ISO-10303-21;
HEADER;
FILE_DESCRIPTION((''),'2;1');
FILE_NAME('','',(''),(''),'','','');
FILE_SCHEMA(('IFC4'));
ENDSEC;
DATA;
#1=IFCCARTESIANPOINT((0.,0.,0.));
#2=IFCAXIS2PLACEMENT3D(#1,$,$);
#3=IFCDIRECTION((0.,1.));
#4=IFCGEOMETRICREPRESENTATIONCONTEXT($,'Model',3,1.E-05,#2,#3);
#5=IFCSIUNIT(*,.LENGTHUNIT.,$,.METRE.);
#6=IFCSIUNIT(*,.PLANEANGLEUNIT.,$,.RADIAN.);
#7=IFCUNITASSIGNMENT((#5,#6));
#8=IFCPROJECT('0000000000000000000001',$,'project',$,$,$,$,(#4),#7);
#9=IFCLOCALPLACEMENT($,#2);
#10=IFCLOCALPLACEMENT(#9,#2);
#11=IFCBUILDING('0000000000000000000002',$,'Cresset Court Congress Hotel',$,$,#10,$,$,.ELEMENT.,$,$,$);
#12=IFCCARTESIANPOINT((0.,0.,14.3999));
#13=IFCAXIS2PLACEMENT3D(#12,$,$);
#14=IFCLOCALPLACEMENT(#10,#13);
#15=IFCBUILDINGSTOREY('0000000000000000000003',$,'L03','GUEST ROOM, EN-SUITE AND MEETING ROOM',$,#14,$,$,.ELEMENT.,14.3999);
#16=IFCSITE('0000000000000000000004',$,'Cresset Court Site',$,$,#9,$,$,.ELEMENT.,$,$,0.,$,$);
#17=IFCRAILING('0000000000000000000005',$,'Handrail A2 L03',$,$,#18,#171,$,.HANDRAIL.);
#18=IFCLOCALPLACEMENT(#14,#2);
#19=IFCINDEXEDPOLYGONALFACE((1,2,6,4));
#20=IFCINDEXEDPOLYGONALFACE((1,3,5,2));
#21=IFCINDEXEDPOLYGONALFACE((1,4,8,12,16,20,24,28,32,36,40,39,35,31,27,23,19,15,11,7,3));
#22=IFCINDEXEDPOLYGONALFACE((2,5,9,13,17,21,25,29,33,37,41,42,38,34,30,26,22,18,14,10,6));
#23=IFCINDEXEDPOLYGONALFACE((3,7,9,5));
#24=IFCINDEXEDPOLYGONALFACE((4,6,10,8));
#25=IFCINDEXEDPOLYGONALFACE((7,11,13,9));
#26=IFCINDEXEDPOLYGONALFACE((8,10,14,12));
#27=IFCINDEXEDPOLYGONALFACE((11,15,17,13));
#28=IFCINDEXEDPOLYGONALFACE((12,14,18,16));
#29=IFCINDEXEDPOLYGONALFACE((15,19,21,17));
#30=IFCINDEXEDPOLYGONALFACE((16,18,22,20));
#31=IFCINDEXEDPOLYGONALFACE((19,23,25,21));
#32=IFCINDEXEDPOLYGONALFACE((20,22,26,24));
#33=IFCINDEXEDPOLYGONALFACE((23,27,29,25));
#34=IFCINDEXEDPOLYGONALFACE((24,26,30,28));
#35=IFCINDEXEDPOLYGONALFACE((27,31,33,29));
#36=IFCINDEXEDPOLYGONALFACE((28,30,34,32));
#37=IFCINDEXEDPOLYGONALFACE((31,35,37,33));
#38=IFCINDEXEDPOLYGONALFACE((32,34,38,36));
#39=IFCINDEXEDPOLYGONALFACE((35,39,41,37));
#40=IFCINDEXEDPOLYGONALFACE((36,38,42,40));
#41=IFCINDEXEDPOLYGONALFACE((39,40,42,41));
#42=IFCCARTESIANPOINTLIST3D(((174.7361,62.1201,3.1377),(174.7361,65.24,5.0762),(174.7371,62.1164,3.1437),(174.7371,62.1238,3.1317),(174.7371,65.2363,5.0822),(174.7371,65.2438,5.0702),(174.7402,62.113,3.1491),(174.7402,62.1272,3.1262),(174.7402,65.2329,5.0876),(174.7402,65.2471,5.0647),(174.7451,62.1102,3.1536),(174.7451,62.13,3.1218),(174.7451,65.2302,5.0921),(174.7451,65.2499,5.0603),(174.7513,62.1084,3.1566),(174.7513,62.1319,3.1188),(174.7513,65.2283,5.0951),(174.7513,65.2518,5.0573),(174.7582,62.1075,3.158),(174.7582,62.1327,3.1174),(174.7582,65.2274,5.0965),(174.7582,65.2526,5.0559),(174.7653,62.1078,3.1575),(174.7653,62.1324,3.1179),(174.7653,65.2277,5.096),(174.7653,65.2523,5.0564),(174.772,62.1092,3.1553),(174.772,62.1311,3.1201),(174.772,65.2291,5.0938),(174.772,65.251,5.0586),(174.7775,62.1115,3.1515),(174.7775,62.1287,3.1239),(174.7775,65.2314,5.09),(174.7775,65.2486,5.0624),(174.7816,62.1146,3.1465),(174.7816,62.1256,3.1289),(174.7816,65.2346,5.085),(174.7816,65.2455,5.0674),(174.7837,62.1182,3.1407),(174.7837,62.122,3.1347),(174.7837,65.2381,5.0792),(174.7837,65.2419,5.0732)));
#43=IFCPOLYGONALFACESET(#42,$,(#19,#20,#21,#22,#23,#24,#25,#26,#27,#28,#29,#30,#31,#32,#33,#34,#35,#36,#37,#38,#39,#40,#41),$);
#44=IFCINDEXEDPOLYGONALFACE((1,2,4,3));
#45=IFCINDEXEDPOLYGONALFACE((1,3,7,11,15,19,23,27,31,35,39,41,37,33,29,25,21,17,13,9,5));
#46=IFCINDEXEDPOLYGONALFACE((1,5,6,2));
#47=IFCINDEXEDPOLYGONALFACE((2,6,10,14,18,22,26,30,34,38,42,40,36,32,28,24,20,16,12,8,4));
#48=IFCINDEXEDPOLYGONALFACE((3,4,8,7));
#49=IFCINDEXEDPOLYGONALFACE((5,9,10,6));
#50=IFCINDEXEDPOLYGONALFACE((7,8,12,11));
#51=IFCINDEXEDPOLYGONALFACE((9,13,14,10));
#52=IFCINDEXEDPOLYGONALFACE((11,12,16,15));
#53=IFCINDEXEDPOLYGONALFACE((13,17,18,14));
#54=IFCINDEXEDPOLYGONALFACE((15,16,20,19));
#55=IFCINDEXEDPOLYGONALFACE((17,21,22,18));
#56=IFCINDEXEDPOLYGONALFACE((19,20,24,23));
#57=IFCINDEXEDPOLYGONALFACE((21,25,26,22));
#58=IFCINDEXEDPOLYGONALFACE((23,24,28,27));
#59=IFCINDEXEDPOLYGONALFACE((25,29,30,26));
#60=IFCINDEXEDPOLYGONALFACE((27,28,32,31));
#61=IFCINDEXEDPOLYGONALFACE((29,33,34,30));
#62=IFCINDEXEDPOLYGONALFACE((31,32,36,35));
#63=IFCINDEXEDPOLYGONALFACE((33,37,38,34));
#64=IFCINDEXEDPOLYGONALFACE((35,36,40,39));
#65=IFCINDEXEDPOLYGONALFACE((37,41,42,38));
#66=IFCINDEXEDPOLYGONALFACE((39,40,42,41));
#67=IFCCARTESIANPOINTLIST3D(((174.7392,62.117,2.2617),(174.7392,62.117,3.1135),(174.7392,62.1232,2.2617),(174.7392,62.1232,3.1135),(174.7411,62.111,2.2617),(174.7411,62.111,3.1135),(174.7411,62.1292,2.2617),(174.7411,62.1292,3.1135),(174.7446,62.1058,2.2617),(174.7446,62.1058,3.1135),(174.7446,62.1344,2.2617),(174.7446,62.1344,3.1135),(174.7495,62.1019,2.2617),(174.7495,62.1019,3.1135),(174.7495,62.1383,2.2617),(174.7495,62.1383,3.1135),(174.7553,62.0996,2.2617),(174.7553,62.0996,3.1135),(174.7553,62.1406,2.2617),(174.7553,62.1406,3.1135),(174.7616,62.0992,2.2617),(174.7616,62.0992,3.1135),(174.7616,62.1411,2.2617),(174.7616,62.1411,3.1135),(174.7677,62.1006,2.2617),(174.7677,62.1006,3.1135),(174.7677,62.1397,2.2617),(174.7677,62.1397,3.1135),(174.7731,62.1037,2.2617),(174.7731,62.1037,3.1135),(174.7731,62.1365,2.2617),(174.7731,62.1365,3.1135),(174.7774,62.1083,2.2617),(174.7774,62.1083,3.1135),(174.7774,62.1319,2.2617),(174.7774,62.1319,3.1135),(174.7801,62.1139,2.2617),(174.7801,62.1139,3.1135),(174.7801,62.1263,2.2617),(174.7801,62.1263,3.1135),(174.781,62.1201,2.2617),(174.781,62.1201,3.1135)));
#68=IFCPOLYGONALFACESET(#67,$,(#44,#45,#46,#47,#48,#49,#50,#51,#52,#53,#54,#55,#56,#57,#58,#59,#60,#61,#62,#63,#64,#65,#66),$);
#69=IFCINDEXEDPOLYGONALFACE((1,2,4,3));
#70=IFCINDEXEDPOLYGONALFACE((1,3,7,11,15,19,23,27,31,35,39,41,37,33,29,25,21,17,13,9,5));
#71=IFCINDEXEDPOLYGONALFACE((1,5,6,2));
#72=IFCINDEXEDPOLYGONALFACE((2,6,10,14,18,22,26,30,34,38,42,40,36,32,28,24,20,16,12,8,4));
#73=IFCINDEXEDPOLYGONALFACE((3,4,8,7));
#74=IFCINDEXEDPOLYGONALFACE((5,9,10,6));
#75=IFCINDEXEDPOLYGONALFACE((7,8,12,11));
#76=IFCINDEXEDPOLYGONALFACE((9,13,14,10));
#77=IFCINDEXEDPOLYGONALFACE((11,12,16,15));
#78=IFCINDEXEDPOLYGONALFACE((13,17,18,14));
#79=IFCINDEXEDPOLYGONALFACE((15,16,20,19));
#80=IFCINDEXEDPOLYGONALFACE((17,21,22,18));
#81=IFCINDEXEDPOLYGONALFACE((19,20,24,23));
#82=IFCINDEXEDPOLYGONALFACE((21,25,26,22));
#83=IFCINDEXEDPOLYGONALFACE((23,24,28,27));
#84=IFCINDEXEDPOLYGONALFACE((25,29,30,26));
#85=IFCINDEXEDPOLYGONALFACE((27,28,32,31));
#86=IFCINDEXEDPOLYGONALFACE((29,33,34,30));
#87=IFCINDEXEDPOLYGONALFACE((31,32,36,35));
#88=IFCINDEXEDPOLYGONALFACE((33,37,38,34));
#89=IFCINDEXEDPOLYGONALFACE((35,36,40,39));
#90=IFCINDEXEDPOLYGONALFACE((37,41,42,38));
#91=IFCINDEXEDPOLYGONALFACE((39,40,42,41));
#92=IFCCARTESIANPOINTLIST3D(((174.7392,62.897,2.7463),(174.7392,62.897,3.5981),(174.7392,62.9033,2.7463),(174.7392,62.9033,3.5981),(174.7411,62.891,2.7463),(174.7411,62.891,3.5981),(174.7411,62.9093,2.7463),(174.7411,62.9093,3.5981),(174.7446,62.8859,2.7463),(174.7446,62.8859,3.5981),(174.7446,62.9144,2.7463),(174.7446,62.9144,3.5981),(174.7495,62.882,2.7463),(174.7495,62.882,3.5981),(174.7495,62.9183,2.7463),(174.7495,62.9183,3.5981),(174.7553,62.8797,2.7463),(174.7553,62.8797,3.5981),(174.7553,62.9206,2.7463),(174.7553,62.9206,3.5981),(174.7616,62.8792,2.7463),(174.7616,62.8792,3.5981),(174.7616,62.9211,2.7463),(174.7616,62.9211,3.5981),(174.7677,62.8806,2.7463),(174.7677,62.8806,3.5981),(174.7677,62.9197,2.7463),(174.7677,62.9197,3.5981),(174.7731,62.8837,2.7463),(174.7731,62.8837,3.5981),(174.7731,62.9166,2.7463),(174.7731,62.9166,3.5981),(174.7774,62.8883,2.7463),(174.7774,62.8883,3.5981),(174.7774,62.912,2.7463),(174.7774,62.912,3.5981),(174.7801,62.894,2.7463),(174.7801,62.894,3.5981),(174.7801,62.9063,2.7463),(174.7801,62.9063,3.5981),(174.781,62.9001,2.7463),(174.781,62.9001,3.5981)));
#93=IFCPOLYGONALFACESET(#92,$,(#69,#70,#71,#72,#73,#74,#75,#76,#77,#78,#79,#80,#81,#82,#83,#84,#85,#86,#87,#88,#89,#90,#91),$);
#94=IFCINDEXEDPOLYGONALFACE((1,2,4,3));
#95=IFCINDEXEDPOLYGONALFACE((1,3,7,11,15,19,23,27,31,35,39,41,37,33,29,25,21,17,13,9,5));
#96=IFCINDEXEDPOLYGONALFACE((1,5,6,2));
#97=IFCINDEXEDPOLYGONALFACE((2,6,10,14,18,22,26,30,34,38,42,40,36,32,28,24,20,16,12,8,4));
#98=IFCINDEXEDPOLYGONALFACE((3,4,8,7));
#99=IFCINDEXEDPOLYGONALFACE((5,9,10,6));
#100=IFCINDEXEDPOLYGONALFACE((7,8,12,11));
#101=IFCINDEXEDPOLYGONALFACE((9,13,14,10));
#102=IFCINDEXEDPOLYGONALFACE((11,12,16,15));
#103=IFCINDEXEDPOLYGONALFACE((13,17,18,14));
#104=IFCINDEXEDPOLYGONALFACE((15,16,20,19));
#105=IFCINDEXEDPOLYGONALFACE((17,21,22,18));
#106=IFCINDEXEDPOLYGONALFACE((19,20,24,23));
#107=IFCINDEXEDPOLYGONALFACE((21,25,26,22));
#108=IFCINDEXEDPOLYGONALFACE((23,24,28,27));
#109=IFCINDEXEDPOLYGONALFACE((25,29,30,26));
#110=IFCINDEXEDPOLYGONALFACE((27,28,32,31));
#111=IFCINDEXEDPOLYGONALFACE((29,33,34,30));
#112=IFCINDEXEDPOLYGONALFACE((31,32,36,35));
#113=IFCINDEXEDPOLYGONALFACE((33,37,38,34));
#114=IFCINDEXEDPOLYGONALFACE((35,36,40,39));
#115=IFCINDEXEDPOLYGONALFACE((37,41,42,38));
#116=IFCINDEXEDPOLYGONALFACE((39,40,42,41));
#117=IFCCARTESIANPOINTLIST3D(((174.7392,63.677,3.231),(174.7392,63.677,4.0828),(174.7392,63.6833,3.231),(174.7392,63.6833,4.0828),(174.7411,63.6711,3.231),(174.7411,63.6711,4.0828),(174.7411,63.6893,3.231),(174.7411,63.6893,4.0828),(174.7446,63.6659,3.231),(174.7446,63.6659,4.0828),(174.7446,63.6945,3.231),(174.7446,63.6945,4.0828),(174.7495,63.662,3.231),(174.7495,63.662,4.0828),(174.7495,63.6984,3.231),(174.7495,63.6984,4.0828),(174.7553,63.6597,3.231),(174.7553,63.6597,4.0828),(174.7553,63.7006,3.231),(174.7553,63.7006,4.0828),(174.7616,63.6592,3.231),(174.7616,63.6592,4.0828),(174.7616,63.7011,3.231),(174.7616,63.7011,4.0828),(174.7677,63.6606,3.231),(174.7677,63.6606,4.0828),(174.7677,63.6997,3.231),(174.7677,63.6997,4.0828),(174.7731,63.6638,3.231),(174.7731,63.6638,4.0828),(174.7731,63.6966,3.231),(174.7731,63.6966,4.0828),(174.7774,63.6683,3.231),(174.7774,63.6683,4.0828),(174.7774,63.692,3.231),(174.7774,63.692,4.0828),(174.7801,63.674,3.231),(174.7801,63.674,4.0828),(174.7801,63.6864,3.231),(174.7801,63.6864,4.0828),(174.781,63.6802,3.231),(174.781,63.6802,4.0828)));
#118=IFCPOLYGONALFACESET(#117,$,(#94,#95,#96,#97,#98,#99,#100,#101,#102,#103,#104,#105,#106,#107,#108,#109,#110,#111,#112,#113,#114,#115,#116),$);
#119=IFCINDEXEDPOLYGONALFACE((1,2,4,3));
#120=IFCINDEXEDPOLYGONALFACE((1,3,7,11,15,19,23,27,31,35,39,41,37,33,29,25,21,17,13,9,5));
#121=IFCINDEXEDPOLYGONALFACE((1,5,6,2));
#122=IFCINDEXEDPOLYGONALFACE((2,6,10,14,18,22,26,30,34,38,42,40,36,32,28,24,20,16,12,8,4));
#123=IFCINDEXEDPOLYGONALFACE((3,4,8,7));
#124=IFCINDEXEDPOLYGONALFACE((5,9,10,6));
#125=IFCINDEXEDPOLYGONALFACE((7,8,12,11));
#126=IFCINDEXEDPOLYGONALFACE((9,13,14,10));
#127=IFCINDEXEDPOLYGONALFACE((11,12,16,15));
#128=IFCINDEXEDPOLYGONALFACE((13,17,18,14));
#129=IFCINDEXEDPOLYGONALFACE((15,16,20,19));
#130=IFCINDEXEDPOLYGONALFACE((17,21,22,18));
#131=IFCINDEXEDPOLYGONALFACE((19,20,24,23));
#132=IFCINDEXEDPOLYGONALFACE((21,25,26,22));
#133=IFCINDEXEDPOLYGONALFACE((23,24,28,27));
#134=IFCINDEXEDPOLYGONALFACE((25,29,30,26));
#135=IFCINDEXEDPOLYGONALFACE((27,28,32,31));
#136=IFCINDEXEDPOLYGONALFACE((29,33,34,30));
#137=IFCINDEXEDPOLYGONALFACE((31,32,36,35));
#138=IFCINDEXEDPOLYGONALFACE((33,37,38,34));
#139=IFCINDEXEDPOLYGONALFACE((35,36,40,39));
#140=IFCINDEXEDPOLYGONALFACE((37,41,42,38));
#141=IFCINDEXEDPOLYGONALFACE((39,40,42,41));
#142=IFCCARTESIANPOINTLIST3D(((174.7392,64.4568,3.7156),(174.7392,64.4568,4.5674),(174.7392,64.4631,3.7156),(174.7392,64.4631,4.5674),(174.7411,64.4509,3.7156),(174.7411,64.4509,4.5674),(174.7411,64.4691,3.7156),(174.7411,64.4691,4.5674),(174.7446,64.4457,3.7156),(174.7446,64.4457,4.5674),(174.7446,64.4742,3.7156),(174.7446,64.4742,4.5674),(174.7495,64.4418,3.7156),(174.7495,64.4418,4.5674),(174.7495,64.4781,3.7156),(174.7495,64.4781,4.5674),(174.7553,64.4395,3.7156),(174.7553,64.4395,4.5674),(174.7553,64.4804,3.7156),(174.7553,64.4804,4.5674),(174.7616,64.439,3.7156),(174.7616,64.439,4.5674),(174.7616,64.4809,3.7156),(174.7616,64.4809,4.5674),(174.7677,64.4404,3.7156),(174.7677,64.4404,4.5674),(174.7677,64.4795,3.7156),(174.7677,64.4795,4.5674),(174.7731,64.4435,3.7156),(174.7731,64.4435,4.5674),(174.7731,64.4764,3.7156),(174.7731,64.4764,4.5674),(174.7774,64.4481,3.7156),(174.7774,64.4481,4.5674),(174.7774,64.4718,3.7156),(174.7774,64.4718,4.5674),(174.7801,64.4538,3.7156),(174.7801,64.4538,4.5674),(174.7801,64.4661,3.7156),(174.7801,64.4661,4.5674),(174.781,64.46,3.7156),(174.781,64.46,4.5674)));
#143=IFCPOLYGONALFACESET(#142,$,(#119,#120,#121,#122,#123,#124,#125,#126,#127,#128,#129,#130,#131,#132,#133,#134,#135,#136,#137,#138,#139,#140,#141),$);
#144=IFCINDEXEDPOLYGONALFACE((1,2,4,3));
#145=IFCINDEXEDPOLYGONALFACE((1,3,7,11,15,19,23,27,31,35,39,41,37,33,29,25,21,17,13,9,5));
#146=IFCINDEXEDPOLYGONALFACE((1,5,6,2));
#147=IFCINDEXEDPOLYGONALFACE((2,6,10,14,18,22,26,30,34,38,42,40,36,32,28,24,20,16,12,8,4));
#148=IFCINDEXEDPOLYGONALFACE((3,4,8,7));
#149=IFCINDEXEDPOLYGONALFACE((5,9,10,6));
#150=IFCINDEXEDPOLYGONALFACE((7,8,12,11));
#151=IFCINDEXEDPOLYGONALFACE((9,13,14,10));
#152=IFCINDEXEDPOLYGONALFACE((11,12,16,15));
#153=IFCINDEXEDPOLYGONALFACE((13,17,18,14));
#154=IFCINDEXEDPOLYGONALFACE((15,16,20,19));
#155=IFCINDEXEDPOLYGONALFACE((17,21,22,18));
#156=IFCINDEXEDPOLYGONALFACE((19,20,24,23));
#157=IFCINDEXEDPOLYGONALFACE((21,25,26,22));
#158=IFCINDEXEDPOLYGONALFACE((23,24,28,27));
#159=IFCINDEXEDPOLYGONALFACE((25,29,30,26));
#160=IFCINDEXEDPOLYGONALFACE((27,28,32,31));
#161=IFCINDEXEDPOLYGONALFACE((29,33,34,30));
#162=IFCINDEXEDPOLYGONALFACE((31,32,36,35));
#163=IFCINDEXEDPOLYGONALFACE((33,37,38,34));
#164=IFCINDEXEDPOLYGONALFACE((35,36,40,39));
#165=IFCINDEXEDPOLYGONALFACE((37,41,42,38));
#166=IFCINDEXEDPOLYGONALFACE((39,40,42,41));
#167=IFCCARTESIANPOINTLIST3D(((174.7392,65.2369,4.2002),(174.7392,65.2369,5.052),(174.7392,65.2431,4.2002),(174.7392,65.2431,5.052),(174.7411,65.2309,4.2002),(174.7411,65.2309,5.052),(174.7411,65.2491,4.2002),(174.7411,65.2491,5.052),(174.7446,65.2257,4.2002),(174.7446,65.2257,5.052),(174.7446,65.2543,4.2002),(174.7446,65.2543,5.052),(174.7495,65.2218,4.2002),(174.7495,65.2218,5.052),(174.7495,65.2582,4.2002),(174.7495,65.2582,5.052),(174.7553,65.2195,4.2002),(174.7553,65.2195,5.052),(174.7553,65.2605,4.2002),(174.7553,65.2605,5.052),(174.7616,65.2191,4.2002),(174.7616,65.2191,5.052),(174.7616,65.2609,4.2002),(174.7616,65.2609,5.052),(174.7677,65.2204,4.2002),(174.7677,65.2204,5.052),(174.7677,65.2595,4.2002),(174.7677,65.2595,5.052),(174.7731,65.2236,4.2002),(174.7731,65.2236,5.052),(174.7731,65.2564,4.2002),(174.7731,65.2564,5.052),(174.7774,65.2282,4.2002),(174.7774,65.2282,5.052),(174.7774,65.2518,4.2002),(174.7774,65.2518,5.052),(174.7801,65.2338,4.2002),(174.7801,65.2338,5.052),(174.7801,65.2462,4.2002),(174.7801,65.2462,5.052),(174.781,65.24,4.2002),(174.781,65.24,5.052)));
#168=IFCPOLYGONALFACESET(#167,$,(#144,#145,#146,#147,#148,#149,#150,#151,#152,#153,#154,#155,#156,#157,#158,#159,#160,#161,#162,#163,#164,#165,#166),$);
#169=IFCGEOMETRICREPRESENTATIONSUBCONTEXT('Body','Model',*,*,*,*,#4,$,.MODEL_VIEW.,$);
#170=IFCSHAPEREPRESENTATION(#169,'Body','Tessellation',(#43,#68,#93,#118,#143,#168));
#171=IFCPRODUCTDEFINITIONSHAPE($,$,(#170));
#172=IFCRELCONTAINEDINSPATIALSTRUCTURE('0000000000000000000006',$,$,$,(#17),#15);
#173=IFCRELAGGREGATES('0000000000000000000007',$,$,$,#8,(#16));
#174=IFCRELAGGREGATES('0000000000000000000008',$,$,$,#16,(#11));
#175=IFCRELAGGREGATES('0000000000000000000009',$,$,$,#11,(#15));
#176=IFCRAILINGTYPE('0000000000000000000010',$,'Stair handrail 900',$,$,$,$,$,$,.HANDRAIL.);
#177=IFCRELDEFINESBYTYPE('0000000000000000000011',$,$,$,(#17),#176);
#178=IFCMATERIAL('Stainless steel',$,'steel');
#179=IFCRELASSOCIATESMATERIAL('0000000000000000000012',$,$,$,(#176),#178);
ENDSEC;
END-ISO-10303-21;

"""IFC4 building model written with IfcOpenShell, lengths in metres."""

from ifc_helpers import new_model, si_unit, direction, frame, origin, origin_2d, place, context, subcontext, project, spatial, circle, extrude, material, type_object, element, save


model = new_model("IFC4")

# Units and contexts
model_context = context("Model", 3, precision=1e-05, world=origin(), true_north=direction((0.0, 1.0)))
body_context = subcontext(model_context, "Body", "Model", "MODEL_VIEW")
ifc_project = project(units=[si_unit("LENGTHUNIT", "METRE"), si_unit("PLANEANGLEUNIT", "RADIAN")], contexts=[model_context])

# Site, building, storey
site_placement = place(None, origin())
site = spatial("IfcSite", under=ifc_project, at=site_placement, Name="Cresset Court Site", CompositionType="ELEMENT", RefElevation=0.0)
building_placement = place(site_placement, origin())
building = spatial("IfcBuilding", under=site, at=building_placement, Name="Cresset Court Congress Hotel", CompositionType="ELEMENT")
storey_placement = place(building_placement, frame((0.0, 0.0, 14.3999)))
storey = spatial("IfcBuildingStorey", under=building, at=storey_placement, Name="L03", Description="GUEST ROOM, EN-SUITE AND MEETING ROOM", CompositionType="ELEMENT", Elevation=14.3999)

# Railing
ifc_material_1 = material(Name="Stainless steel", Category="steel")
railing_type_1 = type_object("IfcRailingType", Name="Stair handrail 900", PredefinedType="HANDRAIL", material=ifc_material_1)
for number, where, name in (
    (1, (174.76, 62.1201, 2.2617), "Handrail A2 L03"),
):
    element("IfcRailing", number, at=place(storey_placement, frame(where)), inside=storey, type_object=railing_type_1, Name=name, PredefinedType="HANDRAIL", context=body_context, shape_type="SweptSolid", body=[
        extrude(circle(Radius=0.0239, at=origin_2d()), frame((0.0, 0.0, 0.876), z_axis=(0.0, 0.849396, 0.527757), x_axis=(-1.0, 0.0, 0.0)), (0.0, 0.0, 1.0), 3.6731),
        extrude(circle(Radius=0.021, at=origin_2d()), origin(), (0.0, 0.0, 1.0), 0.8518),
        extrude(circle(Radius=0.021, at=origin_2d()), frame((0.0, 0.78, 0.4846)), (0.0, 0.0, 1.0), 0.8518),
        extrude(circle(Radius=0.021, at=origin_2d()), frame((0.0, 1.5601, 0.9692)), (0.0, 0.0, 1.0), 0.8518),
        extrude(circle(Radius=0.021, at=origin_2d()), frame((0.0, 2.3398, 1.4539)), (0.0, 0.0, 1.0), 0.8518),
        extrude(circle(Radius=0.021, at=origin_2d()), frame((0.0, 3.1199, 1.9385)), (0.0, 0.0, 1.0), 0.8518),
    ])

save(model, "model.ifc")
